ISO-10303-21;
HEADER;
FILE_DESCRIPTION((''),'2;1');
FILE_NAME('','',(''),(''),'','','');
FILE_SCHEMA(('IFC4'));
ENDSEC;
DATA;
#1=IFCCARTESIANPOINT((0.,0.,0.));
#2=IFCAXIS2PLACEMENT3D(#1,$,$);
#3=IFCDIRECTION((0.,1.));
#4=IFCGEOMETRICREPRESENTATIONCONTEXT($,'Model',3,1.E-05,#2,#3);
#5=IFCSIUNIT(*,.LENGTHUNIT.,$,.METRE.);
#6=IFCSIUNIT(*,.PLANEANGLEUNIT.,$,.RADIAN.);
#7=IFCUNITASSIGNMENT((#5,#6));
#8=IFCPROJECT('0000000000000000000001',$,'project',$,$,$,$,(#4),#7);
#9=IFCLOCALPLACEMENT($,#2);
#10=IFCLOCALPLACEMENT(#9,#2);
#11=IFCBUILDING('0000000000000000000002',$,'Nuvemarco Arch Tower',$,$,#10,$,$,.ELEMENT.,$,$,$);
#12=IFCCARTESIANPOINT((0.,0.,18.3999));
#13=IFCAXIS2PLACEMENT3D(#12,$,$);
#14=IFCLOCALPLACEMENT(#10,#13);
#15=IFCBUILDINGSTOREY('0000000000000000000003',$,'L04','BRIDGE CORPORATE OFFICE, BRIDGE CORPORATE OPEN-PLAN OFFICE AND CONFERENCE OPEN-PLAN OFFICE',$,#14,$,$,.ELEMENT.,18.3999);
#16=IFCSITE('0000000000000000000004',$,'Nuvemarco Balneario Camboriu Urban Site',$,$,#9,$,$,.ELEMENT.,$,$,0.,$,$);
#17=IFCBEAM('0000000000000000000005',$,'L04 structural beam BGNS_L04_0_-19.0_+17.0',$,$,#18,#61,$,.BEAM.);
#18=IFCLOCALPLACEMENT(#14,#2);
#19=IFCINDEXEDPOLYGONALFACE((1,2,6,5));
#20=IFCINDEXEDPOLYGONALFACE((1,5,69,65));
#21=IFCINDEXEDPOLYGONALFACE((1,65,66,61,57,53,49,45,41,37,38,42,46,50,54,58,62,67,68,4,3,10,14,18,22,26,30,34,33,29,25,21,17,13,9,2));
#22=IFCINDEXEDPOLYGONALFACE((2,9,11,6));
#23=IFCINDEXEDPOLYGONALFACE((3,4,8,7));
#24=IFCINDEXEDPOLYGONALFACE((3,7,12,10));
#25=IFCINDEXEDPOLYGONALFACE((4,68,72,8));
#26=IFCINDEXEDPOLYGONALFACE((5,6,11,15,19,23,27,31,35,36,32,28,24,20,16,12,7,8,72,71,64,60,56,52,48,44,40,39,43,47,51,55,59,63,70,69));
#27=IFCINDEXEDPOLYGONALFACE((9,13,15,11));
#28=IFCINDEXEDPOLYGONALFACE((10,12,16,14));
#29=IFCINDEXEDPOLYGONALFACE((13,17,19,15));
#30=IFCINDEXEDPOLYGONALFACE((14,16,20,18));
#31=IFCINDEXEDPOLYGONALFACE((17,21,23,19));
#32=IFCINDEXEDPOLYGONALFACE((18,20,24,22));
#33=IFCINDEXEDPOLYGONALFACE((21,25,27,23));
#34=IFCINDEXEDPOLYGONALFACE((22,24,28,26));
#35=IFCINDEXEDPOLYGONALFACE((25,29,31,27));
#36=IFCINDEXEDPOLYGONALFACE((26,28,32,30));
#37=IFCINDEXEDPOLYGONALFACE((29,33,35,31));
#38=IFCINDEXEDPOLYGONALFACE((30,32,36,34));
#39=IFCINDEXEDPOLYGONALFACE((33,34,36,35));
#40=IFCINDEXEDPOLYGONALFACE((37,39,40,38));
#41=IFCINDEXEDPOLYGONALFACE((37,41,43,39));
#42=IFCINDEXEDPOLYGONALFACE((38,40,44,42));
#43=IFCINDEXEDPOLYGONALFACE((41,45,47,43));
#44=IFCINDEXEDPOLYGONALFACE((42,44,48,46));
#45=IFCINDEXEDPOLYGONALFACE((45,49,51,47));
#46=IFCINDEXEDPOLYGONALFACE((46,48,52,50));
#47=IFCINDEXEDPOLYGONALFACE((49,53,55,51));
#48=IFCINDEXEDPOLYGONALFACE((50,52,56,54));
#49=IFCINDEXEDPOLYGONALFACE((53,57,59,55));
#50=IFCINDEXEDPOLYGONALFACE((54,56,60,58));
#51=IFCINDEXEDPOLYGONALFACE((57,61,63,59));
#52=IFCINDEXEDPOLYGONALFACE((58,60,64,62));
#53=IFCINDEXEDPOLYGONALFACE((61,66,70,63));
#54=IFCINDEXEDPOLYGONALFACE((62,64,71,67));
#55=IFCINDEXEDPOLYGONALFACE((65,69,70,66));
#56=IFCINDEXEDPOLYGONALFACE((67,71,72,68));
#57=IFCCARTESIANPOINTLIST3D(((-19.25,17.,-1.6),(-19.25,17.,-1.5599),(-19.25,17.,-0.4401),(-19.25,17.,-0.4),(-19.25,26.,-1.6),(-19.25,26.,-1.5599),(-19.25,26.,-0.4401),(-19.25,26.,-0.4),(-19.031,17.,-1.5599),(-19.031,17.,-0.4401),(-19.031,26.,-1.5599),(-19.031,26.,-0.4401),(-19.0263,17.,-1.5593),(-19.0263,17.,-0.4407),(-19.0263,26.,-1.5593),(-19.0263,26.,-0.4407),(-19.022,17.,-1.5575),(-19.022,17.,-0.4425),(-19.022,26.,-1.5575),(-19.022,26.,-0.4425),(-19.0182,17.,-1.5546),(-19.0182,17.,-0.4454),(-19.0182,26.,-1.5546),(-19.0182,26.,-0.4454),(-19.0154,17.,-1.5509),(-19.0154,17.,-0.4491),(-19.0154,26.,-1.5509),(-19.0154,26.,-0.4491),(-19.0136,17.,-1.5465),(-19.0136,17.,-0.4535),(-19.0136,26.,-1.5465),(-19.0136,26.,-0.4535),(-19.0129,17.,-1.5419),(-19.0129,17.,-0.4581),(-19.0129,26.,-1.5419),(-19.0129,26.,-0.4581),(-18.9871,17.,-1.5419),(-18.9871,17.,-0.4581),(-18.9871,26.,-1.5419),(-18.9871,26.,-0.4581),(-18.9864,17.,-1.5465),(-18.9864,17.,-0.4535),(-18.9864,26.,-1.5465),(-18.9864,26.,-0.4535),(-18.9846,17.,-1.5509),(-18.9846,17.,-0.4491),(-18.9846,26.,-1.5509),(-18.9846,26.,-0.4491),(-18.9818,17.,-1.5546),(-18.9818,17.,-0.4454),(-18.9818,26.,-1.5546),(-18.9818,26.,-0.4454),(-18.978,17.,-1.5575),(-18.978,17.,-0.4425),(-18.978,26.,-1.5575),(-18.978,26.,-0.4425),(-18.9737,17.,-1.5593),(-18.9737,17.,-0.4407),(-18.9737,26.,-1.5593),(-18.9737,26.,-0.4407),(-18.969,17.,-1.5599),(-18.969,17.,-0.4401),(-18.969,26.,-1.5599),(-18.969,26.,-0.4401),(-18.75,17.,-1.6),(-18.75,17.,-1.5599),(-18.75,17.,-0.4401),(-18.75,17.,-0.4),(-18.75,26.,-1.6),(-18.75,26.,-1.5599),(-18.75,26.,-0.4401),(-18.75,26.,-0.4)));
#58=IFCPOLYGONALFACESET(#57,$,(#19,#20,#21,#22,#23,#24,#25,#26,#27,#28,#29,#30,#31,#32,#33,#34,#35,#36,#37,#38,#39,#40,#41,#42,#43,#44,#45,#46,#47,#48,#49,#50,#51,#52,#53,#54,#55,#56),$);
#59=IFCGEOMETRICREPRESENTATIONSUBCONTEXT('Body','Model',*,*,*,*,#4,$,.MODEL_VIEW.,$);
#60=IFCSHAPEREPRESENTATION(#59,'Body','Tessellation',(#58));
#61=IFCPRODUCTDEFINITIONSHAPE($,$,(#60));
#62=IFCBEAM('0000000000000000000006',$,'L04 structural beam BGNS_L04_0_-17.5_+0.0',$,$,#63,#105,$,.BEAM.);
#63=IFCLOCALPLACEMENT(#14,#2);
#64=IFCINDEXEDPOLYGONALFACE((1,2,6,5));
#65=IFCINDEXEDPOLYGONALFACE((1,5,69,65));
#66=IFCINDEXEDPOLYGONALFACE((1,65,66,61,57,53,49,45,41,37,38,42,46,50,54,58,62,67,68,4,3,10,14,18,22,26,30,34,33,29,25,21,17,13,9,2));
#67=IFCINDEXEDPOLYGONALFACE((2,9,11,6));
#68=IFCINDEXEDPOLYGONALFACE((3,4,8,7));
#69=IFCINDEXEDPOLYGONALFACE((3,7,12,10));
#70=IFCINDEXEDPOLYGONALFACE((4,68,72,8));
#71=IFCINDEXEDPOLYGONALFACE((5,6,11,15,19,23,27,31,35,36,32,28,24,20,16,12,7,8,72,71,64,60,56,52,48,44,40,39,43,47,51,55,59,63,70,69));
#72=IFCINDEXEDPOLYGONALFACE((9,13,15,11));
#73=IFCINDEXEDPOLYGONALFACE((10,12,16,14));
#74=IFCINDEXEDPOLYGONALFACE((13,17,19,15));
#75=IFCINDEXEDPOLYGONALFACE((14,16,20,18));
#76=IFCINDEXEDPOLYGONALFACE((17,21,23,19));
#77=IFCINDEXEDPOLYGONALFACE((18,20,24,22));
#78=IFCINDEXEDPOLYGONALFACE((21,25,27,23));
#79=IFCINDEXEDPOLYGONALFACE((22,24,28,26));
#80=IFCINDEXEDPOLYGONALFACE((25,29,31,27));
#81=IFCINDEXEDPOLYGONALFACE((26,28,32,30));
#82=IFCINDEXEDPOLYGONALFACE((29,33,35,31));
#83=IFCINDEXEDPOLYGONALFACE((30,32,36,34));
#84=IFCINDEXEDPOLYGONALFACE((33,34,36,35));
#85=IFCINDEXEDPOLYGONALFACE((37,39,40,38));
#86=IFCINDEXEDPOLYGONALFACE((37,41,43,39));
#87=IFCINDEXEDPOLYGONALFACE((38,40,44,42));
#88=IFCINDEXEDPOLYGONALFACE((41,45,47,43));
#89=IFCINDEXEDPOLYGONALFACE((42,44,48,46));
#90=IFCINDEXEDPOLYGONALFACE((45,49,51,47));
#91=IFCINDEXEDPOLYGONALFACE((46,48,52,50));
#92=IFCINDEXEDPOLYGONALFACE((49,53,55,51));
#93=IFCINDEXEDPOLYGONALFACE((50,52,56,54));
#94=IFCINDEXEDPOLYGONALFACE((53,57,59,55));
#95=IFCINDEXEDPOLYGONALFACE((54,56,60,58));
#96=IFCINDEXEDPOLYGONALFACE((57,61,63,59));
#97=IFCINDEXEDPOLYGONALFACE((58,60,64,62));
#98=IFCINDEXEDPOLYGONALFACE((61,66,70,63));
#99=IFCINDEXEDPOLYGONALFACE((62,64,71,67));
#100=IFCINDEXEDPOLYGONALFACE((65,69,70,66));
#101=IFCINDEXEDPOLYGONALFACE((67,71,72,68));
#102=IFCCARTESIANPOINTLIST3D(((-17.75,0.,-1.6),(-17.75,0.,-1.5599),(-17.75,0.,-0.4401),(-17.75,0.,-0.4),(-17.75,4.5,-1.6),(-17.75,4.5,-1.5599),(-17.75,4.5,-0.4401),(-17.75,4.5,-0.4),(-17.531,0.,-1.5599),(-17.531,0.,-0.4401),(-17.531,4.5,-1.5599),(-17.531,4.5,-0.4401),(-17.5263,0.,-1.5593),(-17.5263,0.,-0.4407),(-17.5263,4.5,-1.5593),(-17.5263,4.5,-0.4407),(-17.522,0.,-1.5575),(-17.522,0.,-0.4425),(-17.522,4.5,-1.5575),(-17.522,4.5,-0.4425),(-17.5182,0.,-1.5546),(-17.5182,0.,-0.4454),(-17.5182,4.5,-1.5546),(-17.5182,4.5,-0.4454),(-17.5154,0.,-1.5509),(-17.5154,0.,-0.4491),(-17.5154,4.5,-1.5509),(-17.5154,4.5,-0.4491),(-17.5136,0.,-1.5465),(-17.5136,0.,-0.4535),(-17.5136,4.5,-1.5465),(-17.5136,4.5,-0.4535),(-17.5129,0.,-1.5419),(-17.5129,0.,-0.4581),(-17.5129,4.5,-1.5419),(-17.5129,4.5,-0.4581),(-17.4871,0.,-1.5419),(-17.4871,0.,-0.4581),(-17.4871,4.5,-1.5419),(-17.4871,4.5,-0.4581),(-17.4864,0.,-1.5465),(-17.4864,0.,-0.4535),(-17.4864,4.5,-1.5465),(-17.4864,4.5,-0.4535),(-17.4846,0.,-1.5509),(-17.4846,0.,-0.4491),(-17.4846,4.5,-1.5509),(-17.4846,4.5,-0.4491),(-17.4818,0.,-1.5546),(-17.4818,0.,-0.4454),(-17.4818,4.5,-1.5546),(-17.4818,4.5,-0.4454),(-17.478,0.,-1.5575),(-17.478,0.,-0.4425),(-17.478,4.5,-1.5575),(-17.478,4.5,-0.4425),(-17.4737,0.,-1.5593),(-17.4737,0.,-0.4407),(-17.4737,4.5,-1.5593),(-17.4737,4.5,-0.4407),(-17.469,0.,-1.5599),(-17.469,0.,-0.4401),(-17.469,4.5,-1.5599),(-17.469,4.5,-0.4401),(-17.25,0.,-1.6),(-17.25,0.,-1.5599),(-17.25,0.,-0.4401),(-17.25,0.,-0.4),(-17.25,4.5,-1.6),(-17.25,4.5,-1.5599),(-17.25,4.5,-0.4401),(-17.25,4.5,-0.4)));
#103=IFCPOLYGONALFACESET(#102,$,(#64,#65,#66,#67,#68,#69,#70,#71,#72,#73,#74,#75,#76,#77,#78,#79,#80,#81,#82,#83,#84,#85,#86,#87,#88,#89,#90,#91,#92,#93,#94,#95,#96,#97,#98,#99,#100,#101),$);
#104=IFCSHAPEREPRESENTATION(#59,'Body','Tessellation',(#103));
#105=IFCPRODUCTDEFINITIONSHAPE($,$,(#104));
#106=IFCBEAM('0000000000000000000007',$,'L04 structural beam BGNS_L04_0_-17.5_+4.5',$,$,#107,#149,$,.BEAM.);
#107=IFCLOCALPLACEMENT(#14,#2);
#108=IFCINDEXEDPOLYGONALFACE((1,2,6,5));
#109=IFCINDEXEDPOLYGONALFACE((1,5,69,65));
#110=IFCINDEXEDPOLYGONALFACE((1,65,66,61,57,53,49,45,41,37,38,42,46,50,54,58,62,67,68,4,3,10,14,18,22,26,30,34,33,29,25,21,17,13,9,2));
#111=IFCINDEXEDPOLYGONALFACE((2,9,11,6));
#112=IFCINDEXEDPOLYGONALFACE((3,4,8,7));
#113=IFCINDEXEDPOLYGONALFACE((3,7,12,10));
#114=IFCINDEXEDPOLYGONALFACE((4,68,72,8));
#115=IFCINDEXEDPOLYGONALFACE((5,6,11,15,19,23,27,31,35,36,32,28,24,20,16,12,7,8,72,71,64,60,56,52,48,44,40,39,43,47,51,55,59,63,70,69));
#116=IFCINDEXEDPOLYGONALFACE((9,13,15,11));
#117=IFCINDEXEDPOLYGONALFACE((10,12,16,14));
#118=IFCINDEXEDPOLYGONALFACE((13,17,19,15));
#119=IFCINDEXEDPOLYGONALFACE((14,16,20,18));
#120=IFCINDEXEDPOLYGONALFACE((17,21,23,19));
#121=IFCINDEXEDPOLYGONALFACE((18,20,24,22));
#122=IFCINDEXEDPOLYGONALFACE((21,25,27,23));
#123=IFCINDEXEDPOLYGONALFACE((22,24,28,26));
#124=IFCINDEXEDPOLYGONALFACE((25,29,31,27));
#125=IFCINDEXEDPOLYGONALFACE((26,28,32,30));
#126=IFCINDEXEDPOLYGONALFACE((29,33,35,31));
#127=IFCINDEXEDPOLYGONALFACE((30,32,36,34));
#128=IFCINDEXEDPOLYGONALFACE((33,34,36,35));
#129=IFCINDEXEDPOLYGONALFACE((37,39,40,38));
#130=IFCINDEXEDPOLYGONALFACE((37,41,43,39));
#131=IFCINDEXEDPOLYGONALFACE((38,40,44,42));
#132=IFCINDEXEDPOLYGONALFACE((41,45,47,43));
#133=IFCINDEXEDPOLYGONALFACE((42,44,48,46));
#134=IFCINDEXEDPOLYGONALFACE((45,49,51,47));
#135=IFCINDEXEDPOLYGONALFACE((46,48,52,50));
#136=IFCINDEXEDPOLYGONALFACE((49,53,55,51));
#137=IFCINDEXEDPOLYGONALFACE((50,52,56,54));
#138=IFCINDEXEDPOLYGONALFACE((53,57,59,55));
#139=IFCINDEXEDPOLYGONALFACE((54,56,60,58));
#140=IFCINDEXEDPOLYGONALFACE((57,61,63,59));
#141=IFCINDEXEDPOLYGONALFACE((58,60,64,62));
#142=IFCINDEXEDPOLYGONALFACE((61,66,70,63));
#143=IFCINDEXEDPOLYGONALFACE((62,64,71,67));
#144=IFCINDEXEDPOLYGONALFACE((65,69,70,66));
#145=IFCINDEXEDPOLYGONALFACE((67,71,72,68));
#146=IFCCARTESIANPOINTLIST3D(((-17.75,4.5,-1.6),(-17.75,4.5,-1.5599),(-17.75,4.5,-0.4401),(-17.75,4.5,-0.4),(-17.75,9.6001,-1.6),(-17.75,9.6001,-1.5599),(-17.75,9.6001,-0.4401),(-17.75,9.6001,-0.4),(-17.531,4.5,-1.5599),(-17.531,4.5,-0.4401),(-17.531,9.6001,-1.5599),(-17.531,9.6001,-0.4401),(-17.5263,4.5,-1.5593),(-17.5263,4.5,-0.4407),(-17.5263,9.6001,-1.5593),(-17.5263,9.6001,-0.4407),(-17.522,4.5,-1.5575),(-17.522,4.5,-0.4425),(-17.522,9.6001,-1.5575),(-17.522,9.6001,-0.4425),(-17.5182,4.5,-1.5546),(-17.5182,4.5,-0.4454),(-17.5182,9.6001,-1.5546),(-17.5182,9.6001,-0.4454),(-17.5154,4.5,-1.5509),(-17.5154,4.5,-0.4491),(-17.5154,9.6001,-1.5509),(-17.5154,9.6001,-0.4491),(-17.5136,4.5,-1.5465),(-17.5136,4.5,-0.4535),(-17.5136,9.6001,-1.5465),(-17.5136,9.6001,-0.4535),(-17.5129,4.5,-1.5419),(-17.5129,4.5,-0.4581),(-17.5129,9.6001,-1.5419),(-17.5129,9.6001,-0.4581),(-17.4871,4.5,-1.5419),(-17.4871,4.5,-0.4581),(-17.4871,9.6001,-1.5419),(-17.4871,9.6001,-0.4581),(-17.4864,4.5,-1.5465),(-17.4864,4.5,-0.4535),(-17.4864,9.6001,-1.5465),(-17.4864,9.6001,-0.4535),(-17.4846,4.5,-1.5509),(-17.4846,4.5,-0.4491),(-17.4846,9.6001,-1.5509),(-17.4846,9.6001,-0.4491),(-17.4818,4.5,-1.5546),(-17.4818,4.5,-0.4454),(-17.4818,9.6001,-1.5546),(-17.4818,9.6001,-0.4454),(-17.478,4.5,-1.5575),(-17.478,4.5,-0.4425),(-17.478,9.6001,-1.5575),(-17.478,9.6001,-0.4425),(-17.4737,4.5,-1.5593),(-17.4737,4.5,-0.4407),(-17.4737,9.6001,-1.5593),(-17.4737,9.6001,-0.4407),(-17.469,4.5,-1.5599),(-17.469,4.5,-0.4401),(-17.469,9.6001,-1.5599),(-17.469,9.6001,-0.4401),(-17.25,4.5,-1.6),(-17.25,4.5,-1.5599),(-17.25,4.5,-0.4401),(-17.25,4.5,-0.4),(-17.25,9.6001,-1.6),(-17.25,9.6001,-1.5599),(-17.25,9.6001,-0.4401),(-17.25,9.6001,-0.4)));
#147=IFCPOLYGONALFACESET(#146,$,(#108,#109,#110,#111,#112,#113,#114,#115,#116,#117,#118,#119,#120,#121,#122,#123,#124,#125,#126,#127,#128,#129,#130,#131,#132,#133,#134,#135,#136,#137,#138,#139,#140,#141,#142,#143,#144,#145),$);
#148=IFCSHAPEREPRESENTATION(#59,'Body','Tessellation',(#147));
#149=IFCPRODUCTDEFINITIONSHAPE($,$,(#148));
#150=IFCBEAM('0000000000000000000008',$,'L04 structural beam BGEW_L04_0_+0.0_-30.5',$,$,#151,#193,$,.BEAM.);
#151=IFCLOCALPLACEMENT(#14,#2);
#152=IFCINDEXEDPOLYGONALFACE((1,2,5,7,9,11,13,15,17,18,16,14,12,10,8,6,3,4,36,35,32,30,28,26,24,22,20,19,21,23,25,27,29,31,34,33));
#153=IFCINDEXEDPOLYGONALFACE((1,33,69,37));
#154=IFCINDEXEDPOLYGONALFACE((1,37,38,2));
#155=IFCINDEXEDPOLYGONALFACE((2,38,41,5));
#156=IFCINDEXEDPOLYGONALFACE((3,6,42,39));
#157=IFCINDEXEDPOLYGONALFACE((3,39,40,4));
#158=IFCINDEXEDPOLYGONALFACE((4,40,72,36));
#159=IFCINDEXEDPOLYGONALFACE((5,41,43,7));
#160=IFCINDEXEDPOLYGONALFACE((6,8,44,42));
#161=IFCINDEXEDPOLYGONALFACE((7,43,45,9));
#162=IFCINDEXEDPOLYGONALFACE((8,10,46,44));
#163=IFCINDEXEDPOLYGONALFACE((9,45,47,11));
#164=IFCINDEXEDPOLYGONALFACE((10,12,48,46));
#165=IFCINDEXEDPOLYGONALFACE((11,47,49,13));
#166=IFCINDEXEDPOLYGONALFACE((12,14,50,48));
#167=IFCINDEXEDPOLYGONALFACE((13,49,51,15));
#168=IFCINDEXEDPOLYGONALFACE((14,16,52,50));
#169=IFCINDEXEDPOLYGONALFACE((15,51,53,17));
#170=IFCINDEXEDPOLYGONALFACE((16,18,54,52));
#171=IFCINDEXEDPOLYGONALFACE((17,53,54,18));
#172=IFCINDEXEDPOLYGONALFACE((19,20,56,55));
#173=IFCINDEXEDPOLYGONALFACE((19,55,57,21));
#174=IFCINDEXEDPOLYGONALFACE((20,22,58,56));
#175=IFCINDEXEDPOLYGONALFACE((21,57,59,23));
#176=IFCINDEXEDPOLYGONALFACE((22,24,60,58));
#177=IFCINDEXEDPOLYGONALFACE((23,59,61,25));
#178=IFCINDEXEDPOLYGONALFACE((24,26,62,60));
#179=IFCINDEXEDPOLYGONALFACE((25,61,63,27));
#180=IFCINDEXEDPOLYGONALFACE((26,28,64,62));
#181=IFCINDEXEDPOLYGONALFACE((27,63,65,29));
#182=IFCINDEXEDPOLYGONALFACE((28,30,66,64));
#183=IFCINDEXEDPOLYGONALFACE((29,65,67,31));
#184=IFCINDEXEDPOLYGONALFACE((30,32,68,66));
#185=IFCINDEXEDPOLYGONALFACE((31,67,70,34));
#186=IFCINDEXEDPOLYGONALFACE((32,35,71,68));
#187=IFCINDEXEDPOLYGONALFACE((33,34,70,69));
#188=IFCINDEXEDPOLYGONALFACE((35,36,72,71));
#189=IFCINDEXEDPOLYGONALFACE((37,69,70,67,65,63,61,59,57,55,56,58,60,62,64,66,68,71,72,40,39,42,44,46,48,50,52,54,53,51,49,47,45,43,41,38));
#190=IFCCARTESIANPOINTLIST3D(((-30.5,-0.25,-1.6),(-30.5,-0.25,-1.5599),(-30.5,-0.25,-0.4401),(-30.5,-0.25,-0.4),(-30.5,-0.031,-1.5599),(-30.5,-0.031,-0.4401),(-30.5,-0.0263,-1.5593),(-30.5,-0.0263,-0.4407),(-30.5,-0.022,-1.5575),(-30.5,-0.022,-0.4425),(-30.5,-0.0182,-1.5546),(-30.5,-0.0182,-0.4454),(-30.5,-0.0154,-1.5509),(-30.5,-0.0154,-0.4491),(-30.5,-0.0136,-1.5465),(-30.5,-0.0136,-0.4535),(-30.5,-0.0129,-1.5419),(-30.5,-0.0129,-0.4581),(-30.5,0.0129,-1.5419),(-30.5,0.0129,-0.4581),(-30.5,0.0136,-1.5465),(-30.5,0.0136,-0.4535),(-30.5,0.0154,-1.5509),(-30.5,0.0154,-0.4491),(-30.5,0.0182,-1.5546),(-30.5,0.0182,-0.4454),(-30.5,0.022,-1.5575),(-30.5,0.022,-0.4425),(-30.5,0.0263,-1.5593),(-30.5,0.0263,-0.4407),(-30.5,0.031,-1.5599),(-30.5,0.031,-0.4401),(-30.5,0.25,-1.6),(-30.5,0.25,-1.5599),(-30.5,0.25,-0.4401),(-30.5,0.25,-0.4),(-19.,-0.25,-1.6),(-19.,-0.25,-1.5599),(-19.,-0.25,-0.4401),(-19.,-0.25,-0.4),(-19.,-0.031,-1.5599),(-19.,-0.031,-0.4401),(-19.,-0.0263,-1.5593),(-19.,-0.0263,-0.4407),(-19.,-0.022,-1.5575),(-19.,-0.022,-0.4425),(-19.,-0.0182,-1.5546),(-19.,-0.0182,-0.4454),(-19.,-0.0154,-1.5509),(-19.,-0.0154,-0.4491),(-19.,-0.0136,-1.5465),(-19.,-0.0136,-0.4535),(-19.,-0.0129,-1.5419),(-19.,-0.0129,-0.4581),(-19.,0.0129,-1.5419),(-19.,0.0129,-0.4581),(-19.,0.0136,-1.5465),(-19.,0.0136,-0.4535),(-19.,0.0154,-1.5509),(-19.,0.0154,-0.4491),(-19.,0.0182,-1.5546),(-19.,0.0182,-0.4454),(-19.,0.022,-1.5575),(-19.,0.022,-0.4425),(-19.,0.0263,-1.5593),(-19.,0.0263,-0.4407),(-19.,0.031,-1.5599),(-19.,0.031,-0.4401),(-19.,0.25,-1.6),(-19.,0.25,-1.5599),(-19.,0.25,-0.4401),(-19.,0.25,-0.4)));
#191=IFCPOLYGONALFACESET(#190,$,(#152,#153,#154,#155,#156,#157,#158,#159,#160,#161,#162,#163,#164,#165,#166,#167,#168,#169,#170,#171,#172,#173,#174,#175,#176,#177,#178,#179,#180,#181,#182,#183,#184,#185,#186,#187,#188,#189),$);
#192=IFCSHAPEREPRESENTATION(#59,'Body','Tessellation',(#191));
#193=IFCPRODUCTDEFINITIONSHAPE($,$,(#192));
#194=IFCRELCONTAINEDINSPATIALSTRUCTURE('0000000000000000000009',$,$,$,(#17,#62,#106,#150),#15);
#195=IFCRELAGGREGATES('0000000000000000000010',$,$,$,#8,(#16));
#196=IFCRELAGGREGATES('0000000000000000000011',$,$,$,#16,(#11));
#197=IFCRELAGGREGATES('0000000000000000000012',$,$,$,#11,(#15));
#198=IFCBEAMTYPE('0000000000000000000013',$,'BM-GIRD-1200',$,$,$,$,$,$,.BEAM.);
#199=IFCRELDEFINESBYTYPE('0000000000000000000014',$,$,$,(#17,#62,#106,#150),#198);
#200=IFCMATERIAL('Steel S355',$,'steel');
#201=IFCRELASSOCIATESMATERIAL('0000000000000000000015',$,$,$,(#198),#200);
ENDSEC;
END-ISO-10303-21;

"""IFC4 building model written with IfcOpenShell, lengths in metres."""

from ifc_helpers import new_model, si_unit, direction, frame, origin, origin_2d, place, context, subcontext, project, spatial, i_section, extrude, material, material_profile, profile_set, type_object, element, save


model = new_model("IFC4")

# Units and contexts
model_context = context("Model", 3, precision=1e-05, world=origin(), true_north=direction((0.0, 1.0)))
body_context = subcontext(model_context, "Body", "Model", "MODEL_VIEW")
ifc_project = project(units=[si_unit("LENGTHUNIT", "METRE"), si_unit("PLANEANGLEUNIT", "RADIAN")], contexts=[model_context])

# Site, building, storey
site_placement = place(None, origin())
site = spatial("IfcSite", under=ifc_project, at=site_placement, Name="Nuvemarco Balneario Camboriu Urban Site", CompositionType="ELEMENT", RefElevation=0.0)
building_placement = place(site_placement, origin())
building = spatial("IfcBuilding", under=site, at=building_placement, Name="Nuvemarco Arch Tower", CompositionType="ELEMENT")
storey_placement = place(building_placement, frame((0.0, 0.0, 18.3999)))
storey = spatial("IfcBuildingStorey", under=building, at=storey_placement, Name="L04", Description="BRIDGE CORPORATE OFFICE, BRIDGE CORPORATE OPEN-PLAN OFFICE AND CONFERENCE OPEN-PLAN OFFICE", CompositionType="ELEMENT", Elevation=18.3999)

# Beams
ifc_material_1 = material(Name="Steel S355", Category="steel")
ifc_material_profile_1 = material_profile(ifc_material_1, i_section(OverallWidth=0.5, OverallDepth=1.2, WebThickness=0.0259, FlangeThickness=0.04, FilletRadius=0.0181, at=origin_2d()), Name="PG1200x500")
ifc_profile_set_1 = profile_set([ifc_material_profile_1], Name="Steel S355")
beam_type_1 = type_object("IfcBeamType", Name="BM-GIRD-1200", PredefinedType="BEAM", material=ifc_profile_set_1)
beam_1_placement = place(storey_placement, frame((-19.0, 17.0, -1.0), z_axis=(0.0, 1.0, 0.0), x_axis=(-1.0, 0.0, 0.0)))
element("IfcBeam", 1, at=beam_1_placement, inside=storey, type_object=beam_type_1, Name="L04 structural beam BGNS_L04_0_-19.0_+17.0", PredefinedType="BEAM", context=body_context, shape_type="SweptSolid", body=[
    extrude(i_section(OverallWidth=0.5, OverallDepth=1.2, WebThickness=0.0259, FlangeThickness=0.04, FilletRadius=0.0181, at=origin_2d()), origin(), (0.0, 0.0, 1.0), 9.0),
])
beam_2_placement = place(storey_placement, frame((-17.5, 0.0, -1.0), z_axis=(0.0, 1.0, 0.0), x_axis=(-1.0, 0.0, 0.0)))
element("IfcBeam", 2, at=beam_2_placement, inside=storey, type_object=beam_type_1, Name="L04 structural beam BGNS_L04_0_-17.5_+0.0", PredefinedType="BEAM", context=body_context, shape_type="SweptSolid", body=[
    extrude(i_section(OverallWidth=0.5, OverallDepth=1.2, WebThickness=0.0259, FlangeThickness=0.04, FilletRadius=0.0181, at=origin_2d()), origin(), (0.0, 0.0, 1.0), 4.5),
])
beam_3_placement = place(storey_placement, frame((-17.5, 4.5, -1.0), z_axis=(0.0, 1.0, 0.0), x_axis=(-1.0, 0.0, 0.0)))
element("IfcBeam", 3, at=beam_3_placement, inside=storey, type_object=beam_type_1, Name="L04 structural beam BGNS_L04_0_-17.5_+4.5", PredefinedType="BEAM", context=body_context, shape_type="SweptSolid", body=[
    extrude(i_section(OverallWidth=0.5, OverallDepth=1.2, WebThickness=0.0259, FlangeThickness=0.04, FilletRadius=0.0181, at=origin_2d()), origin(), (0.0, 0.0, 1.0), 5.1001),
])
beam_4_placement = place(storey_placement, frame((-30.5, 0.0, -1.0), z_axis=(1.0, 0.0, 0.0), x_axis=(0.0, 1.0, 0.0)))
element("IfcBeam", 4, at=beam_4_placement, inside=storey, type_object=beam_type_1, Name="L04 structural beam BGEW_L04_0_+0.0_-30.5", PredefinedType="BEAM", context=body_context, shape_type="SweptSolid", body=[
    extrude(i_section(OverallWidth=0.5, OverallDepth=1.2, WebThickness=0.0259, FlangeThickness=0.04, FilletRadius=0.0181, at=origin_2d()), origin(), (0.0, 0.0, 1.0), 11.5),
])

save(model, "model.ifc")
